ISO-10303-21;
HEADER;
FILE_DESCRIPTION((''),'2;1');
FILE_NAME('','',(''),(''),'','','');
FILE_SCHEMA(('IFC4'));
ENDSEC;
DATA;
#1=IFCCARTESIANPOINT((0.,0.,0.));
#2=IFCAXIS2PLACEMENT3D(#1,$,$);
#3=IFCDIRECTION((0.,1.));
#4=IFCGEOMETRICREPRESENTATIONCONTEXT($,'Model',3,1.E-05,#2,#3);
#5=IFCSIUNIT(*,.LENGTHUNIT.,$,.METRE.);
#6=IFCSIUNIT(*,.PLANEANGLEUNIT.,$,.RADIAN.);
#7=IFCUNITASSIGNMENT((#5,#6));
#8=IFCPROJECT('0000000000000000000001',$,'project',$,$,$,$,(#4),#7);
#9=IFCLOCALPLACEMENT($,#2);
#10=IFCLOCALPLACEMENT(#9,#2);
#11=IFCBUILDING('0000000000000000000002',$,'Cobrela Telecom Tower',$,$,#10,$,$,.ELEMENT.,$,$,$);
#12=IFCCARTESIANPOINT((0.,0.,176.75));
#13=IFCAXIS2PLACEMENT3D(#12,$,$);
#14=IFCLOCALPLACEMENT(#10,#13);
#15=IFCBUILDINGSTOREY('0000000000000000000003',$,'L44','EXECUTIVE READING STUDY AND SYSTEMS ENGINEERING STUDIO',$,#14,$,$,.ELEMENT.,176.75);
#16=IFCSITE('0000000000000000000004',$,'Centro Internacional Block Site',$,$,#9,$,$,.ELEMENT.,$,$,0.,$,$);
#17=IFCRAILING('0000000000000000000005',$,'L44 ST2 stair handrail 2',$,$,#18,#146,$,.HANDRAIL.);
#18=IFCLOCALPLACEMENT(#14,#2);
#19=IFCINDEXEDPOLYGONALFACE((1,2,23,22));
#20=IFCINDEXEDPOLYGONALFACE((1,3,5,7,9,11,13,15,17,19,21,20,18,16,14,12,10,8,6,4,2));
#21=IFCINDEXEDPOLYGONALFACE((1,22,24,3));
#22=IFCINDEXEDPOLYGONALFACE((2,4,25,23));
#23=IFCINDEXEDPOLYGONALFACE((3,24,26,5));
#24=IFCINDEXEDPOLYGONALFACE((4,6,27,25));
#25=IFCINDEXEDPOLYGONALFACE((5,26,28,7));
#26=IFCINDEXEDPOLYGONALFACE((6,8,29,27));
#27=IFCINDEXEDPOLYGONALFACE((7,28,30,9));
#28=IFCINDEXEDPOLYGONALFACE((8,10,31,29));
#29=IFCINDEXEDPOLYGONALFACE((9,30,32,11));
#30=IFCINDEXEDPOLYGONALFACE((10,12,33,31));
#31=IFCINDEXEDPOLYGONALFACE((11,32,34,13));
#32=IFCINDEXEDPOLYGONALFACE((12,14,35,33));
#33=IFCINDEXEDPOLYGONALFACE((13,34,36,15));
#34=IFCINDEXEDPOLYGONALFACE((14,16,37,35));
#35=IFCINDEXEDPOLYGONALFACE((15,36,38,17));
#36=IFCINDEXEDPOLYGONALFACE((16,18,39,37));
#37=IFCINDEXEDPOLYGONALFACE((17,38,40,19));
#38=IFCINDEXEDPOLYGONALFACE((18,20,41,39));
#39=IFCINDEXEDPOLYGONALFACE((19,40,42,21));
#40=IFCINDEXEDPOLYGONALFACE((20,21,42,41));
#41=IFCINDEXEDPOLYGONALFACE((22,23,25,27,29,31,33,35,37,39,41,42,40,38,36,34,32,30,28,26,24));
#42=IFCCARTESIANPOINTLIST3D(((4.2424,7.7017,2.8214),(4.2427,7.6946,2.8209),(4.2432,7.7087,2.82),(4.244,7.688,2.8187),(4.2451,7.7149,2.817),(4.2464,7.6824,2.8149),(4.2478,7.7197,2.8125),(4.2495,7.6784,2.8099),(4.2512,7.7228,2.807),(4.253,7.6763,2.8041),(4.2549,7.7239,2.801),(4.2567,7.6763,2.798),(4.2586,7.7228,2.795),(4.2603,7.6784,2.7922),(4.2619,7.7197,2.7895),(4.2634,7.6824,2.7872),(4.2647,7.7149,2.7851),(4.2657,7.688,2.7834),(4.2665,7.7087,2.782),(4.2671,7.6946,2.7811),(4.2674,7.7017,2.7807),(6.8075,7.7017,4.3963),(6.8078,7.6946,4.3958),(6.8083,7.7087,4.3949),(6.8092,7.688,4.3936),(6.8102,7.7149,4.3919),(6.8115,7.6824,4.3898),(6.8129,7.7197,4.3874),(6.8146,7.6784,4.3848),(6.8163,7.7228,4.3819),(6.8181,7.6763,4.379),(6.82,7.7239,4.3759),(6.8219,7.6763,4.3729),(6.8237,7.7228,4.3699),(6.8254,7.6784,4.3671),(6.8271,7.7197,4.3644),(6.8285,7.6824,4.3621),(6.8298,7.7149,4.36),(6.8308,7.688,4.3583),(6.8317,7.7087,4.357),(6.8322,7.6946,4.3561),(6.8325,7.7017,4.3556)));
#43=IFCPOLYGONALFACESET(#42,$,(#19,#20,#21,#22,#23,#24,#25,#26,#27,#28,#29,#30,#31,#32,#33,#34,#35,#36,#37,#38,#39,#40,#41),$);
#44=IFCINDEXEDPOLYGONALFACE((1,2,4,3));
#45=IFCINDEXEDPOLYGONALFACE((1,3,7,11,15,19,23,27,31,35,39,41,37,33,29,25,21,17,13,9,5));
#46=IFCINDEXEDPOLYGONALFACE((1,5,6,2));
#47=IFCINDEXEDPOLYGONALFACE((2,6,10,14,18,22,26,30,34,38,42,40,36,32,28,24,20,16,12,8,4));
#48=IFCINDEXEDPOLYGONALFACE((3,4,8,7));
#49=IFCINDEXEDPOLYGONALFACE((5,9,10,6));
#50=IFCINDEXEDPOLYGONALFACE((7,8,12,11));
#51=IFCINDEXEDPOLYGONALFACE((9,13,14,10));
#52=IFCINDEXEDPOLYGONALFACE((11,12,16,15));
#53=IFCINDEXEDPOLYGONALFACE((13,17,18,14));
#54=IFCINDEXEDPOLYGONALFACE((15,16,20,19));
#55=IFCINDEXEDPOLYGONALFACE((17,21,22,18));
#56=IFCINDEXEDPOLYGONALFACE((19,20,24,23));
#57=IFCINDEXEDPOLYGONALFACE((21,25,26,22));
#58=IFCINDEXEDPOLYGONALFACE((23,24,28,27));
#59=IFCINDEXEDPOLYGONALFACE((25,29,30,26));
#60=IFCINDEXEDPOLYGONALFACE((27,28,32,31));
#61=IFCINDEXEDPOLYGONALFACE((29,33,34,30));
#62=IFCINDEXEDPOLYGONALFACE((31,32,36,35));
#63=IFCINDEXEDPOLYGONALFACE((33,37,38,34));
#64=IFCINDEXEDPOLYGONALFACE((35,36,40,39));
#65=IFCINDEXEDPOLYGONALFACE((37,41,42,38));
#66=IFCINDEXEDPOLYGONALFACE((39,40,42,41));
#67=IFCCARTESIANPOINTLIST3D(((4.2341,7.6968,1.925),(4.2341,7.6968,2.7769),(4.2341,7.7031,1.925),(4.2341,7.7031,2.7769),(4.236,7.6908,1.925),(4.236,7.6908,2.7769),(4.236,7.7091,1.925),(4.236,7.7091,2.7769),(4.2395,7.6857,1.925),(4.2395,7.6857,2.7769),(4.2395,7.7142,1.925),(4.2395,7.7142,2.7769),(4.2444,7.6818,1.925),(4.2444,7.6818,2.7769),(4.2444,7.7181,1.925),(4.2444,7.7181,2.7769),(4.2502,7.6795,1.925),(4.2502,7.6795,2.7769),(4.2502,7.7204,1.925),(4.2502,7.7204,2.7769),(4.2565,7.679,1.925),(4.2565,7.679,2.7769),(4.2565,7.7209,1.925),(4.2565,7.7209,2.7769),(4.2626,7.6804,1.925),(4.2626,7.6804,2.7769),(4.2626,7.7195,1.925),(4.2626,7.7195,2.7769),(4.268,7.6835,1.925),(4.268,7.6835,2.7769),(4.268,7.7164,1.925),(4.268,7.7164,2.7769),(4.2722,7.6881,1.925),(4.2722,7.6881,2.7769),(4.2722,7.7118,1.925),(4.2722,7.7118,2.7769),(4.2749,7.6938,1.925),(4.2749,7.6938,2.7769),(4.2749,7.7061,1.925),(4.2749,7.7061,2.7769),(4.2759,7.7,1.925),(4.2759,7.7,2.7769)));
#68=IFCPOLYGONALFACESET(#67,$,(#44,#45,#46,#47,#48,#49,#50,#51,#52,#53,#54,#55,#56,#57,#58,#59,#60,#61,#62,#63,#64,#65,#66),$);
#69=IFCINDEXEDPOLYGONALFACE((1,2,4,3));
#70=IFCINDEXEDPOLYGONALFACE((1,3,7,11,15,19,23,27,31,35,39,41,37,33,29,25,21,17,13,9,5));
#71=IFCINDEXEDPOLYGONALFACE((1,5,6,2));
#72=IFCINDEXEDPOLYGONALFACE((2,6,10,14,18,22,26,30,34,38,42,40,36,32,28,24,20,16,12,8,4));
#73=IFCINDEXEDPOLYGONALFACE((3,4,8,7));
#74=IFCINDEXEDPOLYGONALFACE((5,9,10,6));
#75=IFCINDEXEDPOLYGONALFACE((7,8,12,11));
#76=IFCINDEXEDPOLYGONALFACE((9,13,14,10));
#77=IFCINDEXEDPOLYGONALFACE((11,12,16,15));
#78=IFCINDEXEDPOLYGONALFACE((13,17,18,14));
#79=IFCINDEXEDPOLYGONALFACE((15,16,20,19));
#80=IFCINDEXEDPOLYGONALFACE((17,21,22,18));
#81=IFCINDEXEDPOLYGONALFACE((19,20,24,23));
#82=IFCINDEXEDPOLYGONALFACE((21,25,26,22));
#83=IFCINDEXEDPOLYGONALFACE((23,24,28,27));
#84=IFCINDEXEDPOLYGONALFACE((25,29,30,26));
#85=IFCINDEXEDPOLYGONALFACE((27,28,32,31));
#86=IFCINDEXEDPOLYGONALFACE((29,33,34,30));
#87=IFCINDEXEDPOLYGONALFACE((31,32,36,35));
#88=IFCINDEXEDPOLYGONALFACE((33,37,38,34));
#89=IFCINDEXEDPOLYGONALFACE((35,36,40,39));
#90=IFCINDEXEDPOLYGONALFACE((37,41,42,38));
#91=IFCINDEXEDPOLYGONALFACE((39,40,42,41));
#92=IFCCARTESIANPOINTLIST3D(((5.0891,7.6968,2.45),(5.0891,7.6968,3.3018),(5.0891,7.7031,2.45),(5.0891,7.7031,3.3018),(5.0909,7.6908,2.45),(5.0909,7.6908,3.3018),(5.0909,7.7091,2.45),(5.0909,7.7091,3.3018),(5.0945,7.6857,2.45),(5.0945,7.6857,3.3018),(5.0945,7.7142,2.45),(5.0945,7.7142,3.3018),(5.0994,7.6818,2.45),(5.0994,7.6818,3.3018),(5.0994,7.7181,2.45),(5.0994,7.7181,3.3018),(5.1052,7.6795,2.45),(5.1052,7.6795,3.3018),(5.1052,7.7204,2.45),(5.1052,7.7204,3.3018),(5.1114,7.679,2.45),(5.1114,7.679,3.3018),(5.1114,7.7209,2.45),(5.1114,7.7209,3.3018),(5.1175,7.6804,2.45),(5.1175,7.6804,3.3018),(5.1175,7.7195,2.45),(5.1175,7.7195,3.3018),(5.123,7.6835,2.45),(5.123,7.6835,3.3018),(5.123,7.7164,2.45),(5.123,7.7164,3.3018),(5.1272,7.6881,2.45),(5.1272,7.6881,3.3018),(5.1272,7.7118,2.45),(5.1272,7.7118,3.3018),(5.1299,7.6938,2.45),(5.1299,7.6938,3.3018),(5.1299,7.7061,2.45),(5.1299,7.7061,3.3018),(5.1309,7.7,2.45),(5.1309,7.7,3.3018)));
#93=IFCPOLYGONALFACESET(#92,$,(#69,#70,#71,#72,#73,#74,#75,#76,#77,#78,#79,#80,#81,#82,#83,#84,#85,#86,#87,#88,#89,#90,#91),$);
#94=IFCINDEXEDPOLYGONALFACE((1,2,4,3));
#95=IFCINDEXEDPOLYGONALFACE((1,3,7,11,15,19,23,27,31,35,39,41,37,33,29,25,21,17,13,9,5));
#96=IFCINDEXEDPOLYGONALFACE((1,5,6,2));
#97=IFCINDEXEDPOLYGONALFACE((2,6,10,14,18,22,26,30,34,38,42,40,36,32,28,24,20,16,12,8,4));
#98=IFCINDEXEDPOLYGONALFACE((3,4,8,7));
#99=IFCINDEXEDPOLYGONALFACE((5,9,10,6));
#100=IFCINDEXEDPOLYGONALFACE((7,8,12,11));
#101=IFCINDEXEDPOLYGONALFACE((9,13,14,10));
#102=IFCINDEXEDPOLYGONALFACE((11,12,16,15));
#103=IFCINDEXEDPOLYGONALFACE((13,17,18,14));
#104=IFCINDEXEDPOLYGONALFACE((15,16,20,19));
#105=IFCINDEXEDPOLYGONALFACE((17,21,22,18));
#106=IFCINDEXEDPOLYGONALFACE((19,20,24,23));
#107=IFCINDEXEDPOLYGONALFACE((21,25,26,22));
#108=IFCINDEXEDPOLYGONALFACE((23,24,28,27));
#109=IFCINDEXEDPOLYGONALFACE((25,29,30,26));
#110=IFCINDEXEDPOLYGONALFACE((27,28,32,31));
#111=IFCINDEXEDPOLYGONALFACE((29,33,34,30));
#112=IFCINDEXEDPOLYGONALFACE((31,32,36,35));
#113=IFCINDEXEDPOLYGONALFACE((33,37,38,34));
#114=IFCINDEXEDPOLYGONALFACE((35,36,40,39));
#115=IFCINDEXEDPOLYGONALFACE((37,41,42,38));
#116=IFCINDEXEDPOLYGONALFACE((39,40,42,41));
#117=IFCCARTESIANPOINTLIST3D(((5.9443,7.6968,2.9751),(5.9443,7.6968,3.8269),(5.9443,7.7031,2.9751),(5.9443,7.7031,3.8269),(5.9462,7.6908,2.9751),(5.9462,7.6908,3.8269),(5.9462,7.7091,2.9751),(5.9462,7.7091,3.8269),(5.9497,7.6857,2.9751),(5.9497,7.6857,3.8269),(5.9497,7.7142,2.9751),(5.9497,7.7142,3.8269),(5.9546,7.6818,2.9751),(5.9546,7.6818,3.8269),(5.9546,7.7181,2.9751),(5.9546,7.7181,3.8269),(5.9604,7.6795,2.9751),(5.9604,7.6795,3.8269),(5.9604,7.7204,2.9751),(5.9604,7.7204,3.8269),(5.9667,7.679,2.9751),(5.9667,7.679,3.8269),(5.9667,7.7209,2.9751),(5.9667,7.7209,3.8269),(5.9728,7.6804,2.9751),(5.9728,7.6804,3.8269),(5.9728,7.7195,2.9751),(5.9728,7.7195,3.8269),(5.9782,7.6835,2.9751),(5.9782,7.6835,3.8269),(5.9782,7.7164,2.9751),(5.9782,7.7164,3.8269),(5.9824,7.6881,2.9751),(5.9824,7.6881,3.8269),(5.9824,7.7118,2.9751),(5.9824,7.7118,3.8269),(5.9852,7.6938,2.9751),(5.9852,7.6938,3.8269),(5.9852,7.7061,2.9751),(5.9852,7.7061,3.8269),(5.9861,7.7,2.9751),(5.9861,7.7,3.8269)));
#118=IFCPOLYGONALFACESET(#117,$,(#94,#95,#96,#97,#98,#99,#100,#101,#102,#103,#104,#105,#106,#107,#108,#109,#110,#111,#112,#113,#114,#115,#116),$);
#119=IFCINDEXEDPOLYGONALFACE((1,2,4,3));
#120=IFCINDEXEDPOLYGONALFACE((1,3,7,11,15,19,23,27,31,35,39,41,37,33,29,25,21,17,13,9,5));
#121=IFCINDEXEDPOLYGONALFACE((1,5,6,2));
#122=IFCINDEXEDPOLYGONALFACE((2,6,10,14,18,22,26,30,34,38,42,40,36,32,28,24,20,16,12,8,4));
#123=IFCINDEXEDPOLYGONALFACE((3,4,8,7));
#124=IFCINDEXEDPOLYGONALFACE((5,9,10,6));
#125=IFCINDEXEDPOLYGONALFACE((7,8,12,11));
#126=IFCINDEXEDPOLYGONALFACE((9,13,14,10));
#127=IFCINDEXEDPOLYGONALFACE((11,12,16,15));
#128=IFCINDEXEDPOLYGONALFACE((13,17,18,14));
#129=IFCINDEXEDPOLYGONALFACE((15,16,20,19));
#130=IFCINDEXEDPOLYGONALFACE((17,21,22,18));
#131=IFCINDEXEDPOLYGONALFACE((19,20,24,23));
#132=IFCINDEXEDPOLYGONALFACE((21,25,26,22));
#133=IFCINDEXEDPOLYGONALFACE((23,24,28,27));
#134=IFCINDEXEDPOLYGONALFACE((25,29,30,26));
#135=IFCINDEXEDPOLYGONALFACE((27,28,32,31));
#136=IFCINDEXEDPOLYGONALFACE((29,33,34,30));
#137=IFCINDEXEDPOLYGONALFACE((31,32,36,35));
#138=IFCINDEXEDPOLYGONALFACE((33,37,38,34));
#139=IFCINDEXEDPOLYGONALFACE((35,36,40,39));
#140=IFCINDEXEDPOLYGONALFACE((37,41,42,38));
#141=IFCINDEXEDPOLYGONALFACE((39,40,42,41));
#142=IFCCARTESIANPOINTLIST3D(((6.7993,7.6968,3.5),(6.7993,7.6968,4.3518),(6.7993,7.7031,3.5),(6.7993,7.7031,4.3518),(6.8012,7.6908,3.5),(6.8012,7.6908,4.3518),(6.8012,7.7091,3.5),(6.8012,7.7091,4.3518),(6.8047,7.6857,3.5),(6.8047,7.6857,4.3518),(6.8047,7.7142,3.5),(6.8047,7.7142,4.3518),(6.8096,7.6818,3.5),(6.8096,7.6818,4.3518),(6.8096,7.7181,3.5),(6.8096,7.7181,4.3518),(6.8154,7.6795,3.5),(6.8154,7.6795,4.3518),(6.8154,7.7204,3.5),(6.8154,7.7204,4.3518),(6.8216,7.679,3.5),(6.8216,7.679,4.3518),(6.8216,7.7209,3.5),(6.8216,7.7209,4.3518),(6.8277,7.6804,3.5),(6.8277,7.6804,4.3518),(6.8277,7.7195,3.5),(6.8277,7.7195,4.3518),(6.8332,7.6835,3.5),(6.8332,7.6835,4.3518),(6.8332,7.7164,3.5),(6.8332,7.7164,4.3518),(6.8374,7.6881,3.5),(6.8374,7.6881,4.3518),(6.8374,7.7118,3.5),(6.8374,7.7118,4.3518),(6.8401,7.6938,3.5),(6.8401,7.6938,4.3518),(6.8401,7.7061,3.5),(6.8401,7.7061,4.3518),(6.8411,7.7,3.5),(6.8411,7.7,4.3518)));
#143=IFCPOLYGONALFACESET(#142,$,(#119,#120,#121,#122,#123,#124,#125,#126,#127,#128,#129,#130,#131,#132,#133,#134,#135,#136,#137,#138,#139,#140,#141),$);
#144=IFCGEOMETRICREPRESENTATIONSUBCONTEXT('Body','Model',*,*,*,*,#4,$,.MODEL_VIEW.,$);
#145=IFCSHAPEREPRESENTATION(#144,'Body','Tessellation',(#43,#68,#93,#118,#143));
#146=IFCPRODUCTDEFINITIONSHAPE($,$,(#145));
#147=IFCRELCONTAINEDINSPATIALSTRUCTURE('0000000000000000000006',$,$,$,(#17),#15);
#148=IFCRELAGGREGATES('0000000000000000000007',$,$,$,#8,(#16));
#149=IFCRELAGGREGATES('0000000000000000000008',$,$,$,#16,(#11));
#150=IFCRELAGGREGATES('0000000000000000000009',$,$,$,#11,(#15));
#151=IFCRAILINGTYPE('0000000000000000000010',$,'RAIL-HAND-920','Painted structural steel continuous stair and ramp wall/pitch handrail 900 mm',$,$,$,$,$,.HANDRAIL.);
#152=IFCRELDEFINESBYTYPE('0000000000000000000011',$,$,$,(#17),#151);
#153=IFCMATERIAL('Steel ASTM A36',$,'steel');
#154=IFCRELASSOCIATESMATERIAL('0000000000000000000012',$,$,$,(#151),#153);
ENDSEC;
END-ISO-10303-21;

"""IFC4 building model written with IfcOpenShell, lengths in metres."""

from ifc_helpers import new_model, si_unit, direction, frame, origin, origin_2d, place, context, subcontext, project, spatial, circle, extrude, material, type_object, element, save


model = new_model("IFC4")

# Units and contexts
model_context = context("Model", 3, precision=1e-05, world=origin(), true_north=direction((0.0, 1.0)))
body_context = subcontext(model_context, "Body", "Model", "MODEL_VIEW")
ifc_project = project(units=[si_unit("LENGTHUNIT", "METRE"), si_unit("PLANEANGLEUNIT", "RADIAN")], contexts=[model_context])

# Site, building, storey
site_placement = place(None, origin())
site = spatial("IfcSite", under=ifc_project, at=site_placement, Name="Centro Internacional Block Site", CompositionType="ELEMENT", RefElevation=0.0)
building_placement = place(site_placement, origin())
building = spatial("IfcBuilding", under=site, at=building_placement, Name="Cobrela Telecom Tower", CompositionType="ELEMENT")
storey_placement = place(building_placement, frame((0.0, 0.0, 176.75)))
storey = spatial("IfcBuildingStorey", under=building, at=storey_placement, Name="L44", Description="EXECUTIVE READING STUDY AND SYSTEMS ENGINEERING STUDIO", CompositionType="ELEMENT", Elevation=176.75)

# Railing
ifc_material_1 = material(Name="Steel ASTM A36", Category="steel")
railing_type = type_object("IfcRailingType", Name="RAIL-HAND-920", Description="Painted structural steel continuous stair and ramp wall/pitch handrail 900 mm", PredefinedType="HANDRAIL", material=ifc_material_1)
railing_placement = place(storey_placement, frame((4.2549, 7.7, 1.925)))
element("IfcRailing", 1, at=railing_placement, inside=storey, type_object=railing_type, Name="L44 ST2 stair handrail 2", PredefinedType="HANDRAIL", context=body_context, shape_type="SweptSolid", body=[
    extrude(circle(Radius=0.0239, at=origin_2d()), frame((0.0, 0.0, 0.876), z_axis=(0.852195, 0.0, 0.523224), x_axis=(0.0, 1.0, 0.0)), (0.0, 0.0, 1.0), 3.01),
    extrude(circle(Radius=0.021, at=origin_2d()), origin(), (0.0, 0.0, 1.0), 0.8518),
    extrude(circle(Radius=0.021, at=origin_2d()), frame((0.855, 0.0, 0.5249)), (0.0, 0.0, 1.0), 0.8518),
    extrude(circle(Radius=0.021, at=origin_2d()), frame((1.7102, 0.0, 1.05)), (0.0, 0.0, 1.0), 0.8518),
    extrude(circle(Radius=0.021, at=origin_2d()), frame((2.5652, 0.0, 1.575)), (0.0, 0.0, 1.0), 0.8518),
])

save(model, "model.ifc")
